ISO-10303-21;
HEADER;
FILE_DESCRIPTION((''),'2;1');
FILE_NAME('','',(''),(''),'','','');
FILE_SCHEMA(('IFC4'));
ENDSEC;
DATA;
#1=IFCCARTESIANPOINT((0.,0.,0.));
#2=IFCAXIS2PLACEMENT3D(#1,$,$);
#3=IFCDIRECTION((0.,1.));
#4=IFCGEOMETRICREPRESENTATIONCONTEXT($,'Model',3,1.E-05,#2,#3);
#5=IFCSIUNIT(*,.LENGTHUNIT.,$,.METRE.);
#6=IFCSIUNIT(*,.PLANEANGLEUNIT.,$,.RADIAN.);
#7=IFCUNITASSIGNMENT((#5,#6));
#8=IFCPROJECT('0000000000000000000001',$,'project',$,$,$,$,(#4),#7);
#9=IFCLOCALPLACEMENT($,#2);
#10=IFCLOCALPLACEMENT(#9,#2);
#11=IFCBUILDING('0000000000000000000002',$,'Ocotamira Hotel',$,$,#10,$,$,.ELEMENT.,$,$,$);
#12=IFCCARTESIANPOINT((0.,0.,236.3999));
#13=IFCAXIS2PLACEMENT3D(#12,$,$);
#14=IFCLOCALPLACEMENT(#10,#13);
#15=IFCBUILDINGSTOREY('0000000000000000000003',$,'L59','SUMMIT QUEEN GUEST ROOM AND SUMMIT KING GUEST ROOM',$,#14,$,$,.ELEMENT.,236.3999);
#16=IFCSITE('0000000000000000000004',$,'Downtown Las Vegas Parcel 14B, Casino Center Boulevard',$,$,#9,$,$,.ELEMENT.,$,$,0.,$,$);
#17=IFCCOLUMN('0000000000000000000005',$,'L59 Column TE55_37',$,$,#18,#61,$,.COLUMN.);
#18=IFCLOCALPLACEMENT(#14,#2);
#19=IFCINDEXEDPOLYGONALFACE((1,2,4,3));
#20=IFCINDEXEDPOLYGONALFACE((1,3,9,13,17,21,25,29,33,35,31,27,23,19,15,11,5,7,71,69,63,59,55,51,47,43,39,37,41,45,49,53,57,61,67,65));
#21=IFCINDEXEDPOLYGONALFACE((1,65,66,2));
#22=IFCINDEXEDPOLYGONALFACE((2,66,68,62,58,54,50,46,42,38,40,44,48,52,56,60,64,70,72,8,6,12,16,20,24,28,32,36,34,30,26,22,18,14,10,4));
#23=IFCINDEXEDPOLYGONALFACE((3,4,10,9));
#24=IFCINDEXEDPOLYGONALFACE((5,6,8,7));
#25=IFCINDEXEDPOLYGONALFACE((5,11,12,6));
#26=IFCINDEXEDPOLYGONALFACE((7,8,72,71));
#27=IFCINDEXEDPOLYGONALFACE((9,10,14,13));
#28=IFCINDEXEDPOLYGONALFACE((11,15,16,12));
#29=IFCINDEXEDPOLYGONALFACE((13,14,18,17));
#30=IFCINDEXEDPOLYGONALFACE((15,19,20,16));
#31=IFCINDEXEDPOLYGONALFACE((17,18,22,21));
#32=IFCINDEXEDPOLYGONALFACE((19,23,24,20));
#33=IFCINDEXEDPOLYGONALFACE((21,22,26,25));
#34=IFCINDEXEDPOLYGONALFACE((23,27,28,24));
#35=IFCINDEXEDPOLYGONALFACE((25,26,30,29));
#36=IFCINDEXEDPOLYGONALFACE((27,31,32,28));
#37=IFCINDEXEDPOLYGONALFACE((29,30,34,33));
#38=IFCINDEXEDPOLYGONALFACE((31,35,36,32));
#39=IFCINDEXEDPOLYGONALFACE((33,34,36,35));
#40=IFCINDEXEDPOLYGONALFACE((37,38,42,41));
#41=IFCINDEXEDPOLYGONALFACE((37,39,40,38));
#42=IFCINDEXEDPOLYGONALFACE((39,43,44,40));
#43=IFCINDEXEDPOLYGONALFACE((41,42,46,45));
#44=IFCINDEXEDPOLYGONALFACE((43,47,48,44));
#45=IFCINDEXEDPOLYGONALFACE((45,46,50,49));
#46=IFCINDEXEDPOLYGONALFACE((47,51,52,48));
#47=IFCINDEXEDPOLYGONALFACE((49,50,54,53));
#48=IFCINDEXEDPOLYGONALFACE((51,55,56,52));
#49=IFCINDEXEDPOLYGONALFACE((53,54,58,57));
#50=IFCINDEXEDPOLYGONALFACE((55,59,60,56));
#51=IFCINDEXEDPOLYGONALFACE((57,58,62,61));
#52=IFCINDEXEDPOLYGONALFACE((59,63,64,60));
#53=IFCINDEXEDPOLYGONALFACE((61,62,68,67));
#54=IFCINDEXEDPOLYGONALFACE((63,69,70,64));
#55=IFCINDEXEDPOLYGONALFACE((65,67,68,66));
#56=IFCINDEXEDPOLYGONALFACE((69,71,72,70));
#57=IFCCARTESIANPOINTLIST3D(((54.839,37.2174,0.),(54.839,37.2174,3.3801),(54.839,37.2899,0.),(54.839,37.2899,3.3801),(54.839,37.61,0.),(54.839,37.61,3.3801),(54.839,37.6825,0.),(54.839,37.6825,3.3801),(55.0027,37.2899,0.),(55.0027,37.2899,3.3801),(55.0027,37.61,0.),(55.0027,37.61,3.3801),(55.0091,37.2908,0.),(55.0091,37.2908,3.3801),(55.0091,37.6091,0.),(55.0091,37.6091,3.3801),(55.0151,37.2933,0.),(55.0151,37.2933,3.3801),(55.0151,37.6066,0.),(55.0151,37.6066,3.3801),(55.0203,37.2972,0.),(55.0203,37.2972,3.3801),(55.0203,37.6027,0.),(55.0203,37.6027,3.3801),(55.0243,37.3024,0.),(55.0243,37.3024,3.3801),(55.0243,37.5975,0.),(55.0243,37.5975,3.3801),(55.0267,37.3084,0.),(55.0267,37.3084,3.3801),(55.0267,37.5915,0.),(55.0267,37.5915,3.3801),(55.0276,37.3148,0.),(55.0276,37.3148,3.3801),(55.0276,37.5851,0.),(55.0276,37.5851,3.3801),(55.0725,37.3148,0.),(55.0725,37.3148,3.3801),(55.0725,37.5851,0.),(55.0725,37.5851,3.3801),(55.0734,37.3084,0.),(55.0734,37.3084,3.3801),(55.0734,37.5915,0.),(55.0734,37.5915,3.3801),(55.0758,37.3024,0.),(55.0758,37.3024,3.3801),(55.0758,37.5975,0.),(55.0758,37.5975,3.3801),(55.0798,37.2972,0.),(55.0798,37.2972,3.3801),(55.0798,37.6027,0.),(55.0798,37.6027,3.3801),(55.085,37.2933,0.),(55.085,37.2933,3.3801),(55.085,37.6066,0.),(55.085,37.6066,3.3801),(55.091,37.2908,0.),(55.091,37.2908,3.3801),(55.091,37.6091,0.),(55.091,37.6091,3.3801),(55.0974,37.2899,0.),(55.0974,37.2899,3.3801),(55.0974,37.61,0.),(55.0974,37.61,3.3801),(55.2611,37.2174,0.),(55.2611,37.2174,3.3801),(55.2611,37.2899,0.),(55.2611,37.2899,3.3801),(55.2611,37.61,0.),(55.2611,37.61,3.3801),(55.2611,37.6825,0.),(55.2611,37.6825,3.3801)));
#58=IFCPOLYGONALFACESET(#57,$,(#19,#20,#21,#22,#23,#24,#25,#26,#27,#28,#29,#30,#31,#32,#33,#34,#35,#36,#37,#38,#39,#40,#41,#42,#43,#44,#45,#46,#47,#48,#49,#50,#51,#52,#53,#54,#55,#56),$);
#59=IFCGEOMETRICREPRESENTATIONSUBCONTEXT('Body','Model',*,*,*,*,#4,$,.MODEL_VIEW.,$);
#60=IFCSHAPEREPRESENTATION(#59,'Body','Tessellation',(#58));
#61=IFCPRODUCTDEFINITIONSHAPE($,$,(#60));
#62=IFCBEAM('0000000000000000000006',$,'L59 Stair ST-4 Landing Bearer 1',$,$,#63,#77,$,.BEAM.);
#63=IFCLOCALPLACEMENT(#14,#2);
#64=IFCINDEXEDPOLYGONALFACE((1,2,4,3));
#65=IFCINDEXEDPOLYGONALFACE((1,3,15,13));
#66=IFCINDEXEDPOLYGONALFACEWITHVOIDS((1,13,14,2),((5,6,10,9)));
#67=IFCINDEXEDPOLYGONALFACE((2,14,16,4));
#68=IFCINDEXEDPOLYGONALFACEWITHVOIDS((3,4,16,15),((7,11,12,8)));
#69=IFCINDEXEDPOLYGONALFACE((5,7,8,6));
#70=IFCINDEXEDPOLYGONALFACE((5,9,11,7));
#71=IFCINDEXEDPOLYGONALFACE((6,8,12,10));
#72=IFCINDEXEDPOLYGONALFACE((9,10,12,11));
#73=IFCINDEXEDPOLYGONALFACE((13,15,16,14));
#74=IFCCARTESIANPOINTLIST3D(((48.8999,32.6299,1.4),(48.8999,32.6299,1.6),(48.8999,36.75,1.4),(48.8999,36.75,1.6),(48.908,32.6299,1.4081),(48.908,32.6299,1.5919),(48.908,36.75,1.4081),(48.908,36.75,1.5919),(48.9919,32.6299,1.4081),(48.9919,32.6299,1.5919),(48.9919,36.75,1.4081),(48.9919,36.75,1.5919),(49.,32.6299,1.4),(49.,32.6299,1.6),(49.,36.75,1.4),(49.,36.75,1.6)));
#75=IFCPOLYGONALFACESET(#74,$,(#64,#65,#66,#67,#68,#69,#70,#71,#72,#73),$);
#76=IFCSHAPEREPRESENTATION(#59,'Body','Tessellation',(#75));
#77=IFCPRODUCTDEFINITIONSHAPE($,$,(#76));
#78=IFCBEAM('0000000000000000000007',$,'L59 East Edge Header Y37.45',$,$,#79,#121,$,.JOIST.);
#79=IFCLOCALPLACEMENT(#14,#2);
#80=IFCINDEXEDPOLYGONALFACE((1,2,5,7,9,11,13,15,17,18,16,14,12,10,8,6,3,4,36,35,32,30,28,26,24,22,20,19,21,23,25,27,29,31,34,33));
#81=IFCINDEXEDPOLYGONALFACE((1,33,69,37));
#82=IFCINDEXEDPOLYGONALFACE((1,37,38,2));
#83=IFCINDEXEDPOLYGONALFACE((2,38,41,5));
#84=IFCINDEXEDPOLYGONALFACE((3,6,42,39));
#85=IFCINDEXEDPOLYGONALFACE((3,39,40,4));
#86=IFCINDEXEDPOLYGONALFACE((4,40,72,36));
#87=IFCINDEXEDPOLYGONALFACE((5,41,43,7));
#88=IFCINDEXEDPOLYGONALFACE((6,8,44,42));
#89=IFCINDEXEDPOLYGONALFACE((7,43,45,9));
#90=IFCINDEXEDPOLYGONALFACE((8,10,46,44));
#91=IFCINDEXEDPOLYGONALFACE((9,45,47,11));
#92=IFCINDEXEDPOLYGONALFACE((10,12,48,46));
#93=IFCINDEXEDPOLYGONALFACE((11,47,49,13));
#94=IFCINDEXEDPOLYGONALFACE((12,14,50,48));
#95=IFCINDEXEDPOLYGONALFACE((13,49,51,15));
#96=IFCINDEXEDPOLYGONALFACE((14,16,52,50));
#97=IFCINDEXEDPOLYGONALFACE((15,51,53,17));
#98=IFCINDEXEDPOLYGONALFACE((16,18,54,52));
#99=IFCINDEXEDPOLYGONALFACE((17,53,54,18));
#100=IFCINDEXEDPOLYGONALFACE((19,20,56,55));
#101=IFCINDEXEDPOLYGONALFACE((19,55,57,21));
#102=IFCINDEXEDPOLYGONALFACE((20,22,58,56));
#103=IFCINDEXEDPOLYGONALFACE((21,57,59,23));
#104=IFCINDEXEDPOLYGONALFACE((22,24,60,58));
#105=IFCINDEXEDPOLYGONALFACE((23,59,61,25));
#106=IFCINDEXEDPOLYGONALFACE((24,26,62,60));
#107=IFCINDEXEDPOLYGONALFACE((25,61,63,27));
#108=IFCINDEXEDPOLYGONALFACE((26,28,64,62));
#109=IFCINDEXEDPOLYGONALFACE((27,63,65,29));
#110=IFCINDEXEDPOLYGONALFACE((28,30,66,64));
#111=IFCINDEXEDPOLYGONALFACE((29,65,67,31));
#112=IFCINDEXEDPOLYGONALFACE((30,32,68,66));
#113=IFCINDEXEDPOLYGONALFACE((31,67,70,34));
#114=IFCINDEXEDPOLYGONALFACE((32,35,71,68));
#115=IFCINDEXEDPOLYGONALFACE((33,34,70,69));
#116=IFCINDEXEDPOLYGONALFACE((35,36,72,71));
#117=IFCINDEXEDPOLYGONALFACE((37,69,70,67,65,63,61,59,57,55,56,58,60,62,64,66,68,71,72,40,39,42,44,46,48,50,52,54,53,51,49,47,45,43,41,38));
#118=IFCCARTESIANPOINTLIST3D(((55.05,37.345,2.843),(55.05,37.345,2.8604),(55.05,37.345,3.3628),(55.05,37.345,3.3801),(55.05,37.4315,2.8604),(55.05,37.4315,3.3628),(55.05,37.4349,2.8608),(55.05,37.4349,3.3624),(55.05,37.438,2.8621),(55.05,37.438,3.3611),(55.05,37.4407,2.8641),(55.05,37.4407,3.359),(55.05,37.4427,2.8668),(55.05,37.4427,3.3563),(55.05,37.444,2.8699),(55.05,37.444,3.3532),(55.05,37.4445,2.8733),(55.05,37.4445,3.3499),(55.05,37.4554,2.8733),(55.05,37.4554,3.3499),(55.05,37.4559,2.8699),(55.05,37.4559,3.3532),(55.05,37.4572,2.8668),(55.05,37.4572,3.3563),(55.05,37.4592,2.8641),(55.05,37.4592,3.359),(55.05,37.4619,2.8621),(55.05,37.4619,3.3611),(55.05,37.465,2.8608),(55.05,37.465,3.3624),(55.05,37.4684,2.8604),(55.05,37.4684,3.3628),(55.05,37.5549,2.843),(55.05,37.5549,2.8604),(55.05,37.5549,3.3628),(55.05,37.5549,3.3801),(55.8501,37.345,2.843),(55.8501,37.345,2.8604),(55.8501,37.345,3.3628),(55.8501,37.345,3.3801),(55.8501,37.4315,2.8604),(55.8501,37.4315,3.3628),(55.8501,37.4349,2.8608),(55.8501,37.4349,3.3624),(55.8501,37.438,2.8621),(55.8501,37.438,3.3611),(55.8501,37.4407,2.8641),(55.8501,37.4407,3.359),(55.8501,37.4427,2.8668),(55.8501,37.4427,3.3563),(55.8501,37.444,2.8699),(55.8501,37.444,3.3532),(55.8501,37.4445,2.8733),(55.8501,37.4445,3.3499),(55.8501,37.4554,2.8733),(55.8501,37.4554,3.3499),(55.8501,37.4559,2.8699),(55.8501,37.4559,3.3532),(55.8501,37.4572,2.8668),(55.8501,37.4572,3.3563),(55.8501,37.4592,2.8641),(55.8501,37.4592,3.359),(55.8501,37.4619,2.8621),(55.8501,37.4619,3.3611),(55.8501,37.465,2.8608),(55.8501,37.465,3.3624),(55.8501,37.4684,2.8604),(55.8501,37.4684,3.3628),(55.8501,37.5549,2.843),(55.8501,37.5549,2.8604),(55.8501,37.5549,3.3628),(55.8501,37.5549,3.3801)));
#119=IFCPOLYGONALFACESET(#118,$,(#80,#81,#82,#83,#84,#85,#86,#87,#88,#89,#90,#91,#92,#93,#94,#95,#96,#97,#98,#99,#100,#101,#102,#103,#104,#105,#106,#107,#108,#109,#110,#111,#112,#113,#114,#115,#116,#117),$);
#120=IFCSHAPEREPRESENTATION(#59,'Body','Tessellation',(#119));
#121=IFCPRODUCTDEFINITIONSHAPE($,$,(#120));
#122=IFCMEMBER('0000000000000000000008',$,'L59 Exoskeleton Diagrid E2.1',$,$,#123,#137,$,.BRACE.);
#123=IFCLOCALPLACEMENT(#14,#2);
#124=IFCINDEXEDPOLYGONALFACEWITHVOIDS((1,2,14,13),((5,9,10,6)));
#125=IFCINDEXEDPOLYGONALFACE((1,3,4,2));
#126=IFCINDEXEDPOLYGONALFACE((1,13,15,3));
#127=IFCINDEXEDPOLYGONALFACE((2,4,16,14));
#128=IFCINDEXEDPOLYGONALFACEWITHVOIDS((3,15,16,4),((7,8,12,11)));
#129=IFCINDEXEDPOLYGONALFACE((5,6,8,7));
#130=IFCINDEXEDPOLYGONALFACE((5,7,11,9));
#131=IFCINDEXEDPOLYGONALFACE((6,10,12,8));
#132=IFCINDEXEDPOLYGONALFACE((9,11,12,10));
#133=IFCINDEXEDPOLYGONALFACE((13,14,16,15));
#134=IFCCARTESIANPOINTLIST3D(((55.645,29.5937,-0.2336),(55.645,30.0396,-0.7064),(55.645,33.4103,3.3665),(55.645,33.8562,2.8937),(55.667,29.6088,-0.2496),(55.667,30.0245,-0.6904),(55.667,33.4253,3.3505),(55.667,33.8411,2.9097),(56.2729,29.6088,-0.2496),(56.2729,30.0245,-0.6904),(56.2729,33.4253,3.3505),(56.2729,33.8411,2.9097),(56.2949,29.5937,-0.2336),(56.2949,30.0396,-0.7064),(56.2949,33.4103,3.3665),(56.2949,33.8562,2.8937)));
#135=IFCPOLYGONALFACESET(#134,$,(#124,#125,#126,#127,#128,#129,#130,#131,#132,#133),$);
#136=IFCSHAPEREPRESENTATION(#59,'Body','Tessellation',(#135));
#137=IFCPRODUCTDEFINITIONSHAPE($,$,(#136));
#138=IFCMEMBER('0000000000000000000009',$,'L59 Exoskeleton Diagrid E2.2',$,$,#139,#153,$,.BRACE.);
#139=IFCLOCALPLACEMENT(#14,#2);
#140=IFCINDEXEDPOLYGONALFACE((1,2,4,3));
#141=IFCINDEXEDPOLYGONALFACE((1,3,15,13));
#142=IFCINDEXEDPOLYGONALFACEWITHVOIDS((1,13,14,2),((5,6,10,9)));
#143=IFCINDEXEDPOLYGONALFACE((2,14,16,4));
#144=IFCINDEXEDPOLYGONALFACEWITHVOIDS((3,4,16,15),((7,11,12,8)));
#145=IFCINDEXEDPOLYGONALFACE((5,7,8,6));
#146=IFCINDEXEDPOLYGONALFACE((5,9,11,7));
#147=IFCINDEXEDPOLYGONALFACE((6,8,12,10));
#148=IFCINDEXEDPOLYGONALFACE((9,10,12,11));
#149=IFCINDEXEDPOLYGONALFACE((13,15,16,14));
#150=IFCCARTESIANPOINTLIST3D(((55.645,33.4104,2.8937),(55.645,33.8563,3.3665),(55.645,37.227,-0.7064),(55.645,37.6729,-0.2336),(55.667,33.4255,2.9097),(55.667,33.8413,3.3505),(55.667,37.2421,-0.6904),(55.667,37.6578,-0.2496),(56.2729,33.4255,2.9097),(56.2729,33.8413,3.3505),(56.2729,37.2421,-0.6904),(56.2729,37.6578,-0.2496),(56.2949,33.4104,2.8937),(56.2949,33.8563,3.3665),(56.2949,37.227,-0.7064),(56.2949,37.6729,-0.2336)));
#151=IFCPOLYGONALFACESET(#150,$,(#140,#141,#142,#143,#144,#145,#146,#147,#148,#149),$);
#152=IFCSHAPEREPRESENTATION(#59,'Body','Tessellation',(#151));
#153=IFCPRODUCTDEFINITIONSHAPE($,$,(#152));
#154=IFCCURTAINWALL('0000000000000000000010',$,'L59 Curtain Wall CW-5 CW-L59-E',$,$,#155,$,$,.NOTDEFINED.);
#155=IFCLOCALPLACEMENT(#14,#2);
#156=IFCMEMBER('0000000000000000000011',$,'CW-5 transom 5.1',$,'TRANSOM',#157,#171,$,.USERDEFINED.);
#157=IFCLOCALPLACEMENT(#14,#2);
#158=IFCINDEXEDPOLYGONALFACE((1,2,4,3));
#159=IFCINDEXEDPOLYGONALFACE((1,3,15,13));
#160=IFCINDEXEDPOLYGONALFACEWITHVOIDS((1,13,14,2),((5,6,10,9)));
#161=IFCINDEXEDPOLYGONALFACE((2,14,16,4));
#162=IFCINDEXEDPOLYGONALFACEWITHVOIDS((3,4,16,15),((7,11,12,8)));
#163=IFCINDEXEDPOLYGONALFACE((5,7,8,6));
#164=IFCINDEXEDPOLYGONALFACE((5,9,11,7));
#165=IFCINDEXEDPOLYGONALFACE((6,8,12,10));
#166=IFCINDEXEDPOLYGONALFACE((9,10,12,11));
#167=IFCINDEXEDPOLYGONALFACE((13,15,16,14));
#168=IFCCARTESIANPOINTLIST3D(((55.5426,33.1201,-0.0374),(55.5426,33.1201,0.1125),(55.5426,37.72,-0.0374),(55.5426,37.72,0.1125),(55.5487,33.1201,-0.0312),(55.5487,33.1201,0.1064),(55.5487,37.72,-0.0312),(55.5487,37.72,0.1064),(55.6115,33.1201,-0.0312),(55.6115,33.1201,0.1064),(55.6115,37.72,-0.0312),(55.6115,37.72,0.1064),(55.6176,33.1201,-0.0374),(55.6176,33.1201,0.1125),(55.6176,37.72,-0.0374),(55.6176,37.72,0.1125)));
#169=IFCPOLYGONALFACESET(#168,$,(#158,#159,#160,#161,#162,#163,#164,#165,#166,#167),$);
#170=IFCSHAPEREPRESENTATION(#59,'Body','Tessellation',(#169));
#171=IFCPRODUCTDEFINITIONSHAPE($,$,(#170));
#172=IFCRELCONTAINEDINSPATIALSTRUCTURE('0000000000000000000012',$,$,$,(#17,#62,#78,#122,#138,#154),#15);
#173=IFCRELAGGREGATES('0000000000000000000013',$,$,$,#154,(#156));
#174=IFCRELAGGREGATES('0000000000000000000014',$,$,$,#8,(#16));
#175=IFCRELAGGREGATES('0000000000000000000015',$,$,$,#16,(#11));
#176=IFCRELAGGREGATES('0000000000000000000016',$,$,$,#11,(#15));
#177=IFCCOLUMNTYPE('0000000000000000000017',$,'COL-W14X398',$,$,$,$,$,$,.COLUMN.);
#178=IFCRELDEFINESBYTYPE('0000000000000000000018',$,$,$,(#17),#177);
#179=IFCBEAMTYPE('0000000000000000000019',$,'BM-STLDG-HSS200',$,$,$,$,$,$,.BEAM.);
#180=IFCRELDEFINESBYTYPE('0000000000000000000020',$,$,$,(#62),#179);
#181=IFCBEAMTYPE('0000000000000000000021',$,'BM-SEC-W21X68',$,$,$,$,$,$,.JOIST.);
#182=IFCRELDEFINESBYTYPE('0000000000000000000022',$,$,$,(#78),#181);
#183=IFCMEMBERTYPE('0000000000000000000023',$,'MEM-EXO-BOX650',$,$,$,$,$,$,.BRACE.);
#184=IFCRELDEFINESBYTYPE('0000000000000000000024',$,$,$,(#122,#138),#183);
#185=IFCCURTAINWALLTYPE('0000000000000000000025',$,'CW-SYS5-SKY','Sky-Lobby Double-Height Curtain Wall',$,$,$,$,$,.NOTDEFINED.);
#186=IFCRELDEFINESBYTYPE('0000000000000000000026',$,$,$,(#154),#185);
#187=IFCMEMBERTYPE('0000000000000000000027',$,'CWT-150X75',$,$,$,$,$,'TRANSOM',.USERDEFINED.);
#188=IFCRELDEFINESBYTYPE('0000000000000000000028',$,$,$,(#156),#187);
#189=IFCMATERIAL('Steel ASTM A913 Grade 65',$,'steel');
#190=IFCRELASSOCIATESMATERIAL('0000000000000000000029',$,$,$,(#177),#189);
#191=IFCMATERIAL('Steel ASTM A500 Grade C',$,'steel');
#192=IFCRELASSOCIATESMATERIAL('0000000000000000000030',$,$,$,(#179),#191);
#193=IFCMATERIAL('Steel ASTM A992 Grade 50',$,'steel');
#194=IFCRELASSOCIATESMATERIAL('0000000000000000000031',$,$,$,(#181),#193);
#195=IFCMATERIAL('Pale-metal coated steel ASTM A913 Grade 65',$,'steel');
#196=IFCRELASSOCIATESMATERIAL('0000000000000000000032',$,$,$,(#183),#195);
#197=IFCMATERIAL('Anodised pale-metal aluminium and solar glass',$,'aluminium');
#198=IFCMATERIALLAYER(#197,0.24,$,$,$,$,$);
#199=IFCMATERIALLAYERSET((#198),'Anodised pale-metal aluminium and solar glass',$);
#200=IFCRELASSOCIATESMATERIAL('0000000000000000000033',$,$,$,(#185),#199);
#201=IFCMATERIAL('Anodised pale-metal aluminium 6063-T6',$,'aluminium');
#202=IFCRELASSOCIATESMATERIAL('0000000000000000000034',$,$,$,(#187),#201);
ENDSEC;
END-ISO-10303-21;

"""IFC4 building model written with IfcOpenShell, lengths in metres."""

from ifc_helpers import new_model, si_unit, direction, frame, origin, origin_2d, place, context, subcontext, project, spatial, hollow_rectangle, i_section, extrude, source, transform, mapped, material, layer, layer_set, material_profile, profile_set, type_object, element, aggregate, save


model = new_model("IFC4")

# Units and contexts
model_context = context("Model", 3, precision=1e-05, world=origin(), true_north=direction((0.0, 1.0)))
body_context = subcontext(model_context, "Body", "Model", "MODEL_VIEW")
ifc_project = project(units=[si_unit("LENGTHUNIT", "METRE"), si_unit("PLANEANGLEUNIT", "RADIAN")], contexts=[model_context])

# Site, building, storey
site_placement = place(None, origin())
site = spatial("IfcSite", under=ifc_project, at=site_placement, Name="Downtown Las Vegas Parcel 14B, Casino Center Boulevard", CompositionType="ELEMENT", RefElevation=0.0)
building_placement = place(site_placement, origin())
building = spatial("IfcBuilding", under=site, at=building_placement, Name="Ocotamira Hotel", CompositionType="ELEMENT")
storey_placement = place(building_placement, frame((0.0, 0.0, 236.3999)))
storey = spatial("IfcBuildingStorey", under=building, at=storey_placement, Name="L59", Description="SUMMIT QUEEN GUEST ROOM AND SUMMIT KING GUEST ROOM", CompositionType="ELEMENT", Elevation=236.3999)

# Column
ifc_material_1 = material(Name="Steel ASTM A913 Grade 65", Category="steel")
ifc_material_profile_1 = material_profile(ifc_material_1, i_section(OverallWidth=0.4221, OverallDepth=0.4651, WebThickness=0.0449, FlangeThickness=0.0725, FilletRadius=0.0249, at=origin_2d()), Name="W14X398")
ifc_profile_set_1 = profile_set([ifc_material_profile_1], Name="Steel ASTM A913 Grade 65")
column_type = type_object("IfcColumnType", Name="COL-W14X398", PredefinedType="COLUMN", material=ifc_profile_set_1)
shared_shape_1 = source(origin(), body_context, "Body", "SweptSolid", [
    extrude(i_section(OverallWidth=0.4221, OverallDepth=0.4651, WebThickness=0.0449, FlangeThickness=0.0725, FilletRadius=0.0249, at=origin_2d()), origin(), (0.0, 0.0, 1.0), 3.3801),
])
column_placement = place(storey_placement, frame((55.05, 37.45, 0.0), z_axis=(0.0, 0.0, 1.0), x_axis=(1.0, 0.0, 0.0)))
element("IfcColumn", 1, at=column_placement, inside=storey, type_object=column_type, Name="L59 Column TE55_37", PredefinedType="COLUMN", context=body_context, shape_type="MappedRepresentation", body=[
    mapped(shared_shape_1, transform((0.0, 0.0, 0.0), scale=1.0)),
])

# Beams
ifc_material_2 = material(Name="Steel ASTM A500 Grade C", Category="steel")
ifc_material_profile_2 = material_profile(ifc_material_2, hollow_rectangle(XDim=0.1001, YDim=0.2, WallThickness=0.0081, at=origin_2d()), Name="HSS200X100X8")
ifc_profile_set_2 = profile_set([ifc_material_profile_2], Name="Steel ASTM A500 Grade C")
beam_type_1 = type_object("IfcBeamType", Name="BM-STLDG-HSS200", PredefinedType="BEAM", material=ifc_profile_set_2)
shared_shape_2 = source(origin(), body_context, "Body", "SweptSolid", [
    extrude(hollow_rectangle(XDim=0.1001, YDim=0.2, WallThickness=0.0081, at=origin_2d()), origin(), (0.0, 0.0, 1.0), 4.1201),
])
beam_1_placement = place(storey_placement, frame((48.95, 32.6299, 1.5), z_axis=(0.0, 1.0, 0.0), x_axis=(-1.0, 0.0, 0.0)))
element("IfcBeam", 2, at=beam_1_placement, inside=storey, type_object=beam_type_1, Name="L59 Stair ST-4 Landing Bearer 1", PredefinedType="BEAM", context=body_context, shape_type="MappedRepresentation", body=[
    mapped(shared_shape_2, transform((0.0, 0.0, 0.0), scale=1.0)),
])
ifc_material_3 = material(Name="Steel ASTM A992 Grade 50", Category="steel")
ifc_material_profile_3 = material_profile(ifc_material_3, i_section(OverallWidth=0.21, OverallDepth=0.5371, WebThickness=0.011, FlangeThickness=0.0173, FilletRadius=0.0129, at=origin_2d()), Name="W21X68")
ifc_profile_set_3 = profile_set([ifc_material_profile_3], Name="Steel ASTM A992 Grade 50")
beam_type_2 = type_object("IfcBeamType", Name="BM-SEC-W21X68", PredefinedType="JOIST", material=ifc_profile_set_3)
shared_shape_3 = source(origin(), body_context, "Body", "SweptSolid", [
    extrude(i_section(OverallWidth=0.21, OverallDepth=0.5371, WebThickness=0.011, FlangeThickness=0.0173, FilletRadius=0.0129, at=origin_2d()), origin(), (0.0, 0.0, 1.0), 0.8),
])
beam_2_placement = place(storey_placement, frame((55.05, 37.45, 3.1116), z_axis=(1.0, 0.0, 0.0), x_axis=(0.0, 1.0, 0.0)))
element("IfcBeam", 3, at=beam_2_placement, inside=storey, type_object=beam_type_2, Name="L59 East Edge Header Y37.45", PredefinedType="JOIST", context=body_context, shape_type="MappedRepresentation", body=[
    mapped(shared_shape_3, transform((0.0, 0.0, 0.0), scale=1.0)),
])

# Members
ifc_material_4 = material(Name="Pale-metal coated steel ASTM A913 Grade 65", Category="steel")
ifc_material_profile_4 = material_profile(ifc_material_4, hollow_rectangle(XDim=0.6499, YDim=0.6499, WallThickness=0.022, at=origin_2d()), Name="BOX650X650X22")
ifc_profile_set_4 = profile_set([ifc_material_profile_4], Name="Pale-metal coated steel ASTM A913 Grade 65")
member_type_1 = type_object("IfcMemberType", Name="MEM-EXO-BOX650", PredefinedType="BRACE", material=ifc_profile_set_4)
shared_shape_4 = source(origin(), body_context, "Body", "SweptSolid", [
    extrude(hollow_rectangle(XDim=0.6499, YDim=0.6499, WallThickness=0.022, at=origin_2d()), origin(), (0.0, 0.0, 1.0), 5.2466),
])
for number, where, z_axis, x_axis, name in (
    (4, (55.97, 29.8167, -0.47), (0.0, 0.727443, 0.686168), (-1.0, 0.0, 0.0), "L59 Exoskeleton Diagrid E2.1"),
    (5, (55.97, 37.45, -0.47), (0.0, -0.727443, 0.686168), (1.0, 0.0, 0.0), "L59 Exoskeleton Diagrid E2.2"),
):
    element("IfcMember", number, at=place(storey_placement, frame(where, z_axis=z_axis, x_axis=x_axis)), inside=storey, type_object=member_type_1, Name=name, PredefinedType="BRACE", context=body_context, shape_type="MappedRepresentation", body=[
        mapped(shared_shape_4, transform((0.0, 0.0, 0.0), scale=1.0)),
    ])

# Curtain wall, member
ifc_material_5 = material(Name="Anodised pale-metal aluminium and solar glass", Category="aluminium")
ifc_layer_1 = layer(ifc_material_5, 0.24)
ifc_layer_set_1 = layer_set([ifc_layer_1], Name="Anodised pale-metal aluminium and solar glass")
curtain_wall_type = type_object("IfcCurtainWallType", Name="CW-SYS5-SKY", Description="Sky-Lobby Double-Height Curtain Wall", PredefinedType="NOTDEFINED", material=ifc_layer_set_1)
curtain_wall_placement = place(storey_placement, origin())
curtain_wall = element("IfcCurtainWall", 6, at=curtain_wall_placement, inside=storey, type_object=curtain_wall_type, Name="L59 Curtain Wall CW-5 CW-L59-E", PredefinedType="NOTDEFINED")
ifc_material_6 = material(Name="Anodised pale-metal aluminium 6063-T6", Category="aluminium")
ifc_material_profile_5 = material_profile(ifc_material_6, hollow_rectangle(XDim=0.075, YDim=0.1499, WallThickness=0.0061, at=origin_2d()), Name="HSS150X75X6")
ifc_profile_set_5 = profile_set([ifc_material_profile_5], Name="Anodised pale-metal aluminium 6063-T6")
member_type_2 = type_object("IfcMemberType", Name="CWT-150X75", ElementType="TRANSOM", PredefinedType="USERDEFINED", material=ifc_profile_set_5)
shared_shape_5 = source(origin(), body_context, "Body", "SweptSolid", [
    extrude(hollow_rectangle(XDim=0.075, YDim=0.1499, WallThickness=0.0061, at=origin_2d()), origin(), (0.0, 0.0, 1.0), 4.5999),
])
member_1_placement = place(storey_placement, frame((55.5801, 33.1201, 0.0376), z_axis=(0.0, 1.0, 0.0), x_axis=(-1.0, 0.0, 0.0)))
member_1 = element("IfcMember", 7, at=member_1_placement, type_object=member_type_2, Name="CW-5 transom 5.1", ObjectType="TRANSOM", PredefinedType="USERDEFINED", context=body_context, shape_type="MappedRepresentation", body=[
    mapped(shared_shape_5, transform((0.0, 0.0, 0.0), scale=1.0)),
])

aggregate(curtain_wall, [member_1])

save(model, "model.ifc")
